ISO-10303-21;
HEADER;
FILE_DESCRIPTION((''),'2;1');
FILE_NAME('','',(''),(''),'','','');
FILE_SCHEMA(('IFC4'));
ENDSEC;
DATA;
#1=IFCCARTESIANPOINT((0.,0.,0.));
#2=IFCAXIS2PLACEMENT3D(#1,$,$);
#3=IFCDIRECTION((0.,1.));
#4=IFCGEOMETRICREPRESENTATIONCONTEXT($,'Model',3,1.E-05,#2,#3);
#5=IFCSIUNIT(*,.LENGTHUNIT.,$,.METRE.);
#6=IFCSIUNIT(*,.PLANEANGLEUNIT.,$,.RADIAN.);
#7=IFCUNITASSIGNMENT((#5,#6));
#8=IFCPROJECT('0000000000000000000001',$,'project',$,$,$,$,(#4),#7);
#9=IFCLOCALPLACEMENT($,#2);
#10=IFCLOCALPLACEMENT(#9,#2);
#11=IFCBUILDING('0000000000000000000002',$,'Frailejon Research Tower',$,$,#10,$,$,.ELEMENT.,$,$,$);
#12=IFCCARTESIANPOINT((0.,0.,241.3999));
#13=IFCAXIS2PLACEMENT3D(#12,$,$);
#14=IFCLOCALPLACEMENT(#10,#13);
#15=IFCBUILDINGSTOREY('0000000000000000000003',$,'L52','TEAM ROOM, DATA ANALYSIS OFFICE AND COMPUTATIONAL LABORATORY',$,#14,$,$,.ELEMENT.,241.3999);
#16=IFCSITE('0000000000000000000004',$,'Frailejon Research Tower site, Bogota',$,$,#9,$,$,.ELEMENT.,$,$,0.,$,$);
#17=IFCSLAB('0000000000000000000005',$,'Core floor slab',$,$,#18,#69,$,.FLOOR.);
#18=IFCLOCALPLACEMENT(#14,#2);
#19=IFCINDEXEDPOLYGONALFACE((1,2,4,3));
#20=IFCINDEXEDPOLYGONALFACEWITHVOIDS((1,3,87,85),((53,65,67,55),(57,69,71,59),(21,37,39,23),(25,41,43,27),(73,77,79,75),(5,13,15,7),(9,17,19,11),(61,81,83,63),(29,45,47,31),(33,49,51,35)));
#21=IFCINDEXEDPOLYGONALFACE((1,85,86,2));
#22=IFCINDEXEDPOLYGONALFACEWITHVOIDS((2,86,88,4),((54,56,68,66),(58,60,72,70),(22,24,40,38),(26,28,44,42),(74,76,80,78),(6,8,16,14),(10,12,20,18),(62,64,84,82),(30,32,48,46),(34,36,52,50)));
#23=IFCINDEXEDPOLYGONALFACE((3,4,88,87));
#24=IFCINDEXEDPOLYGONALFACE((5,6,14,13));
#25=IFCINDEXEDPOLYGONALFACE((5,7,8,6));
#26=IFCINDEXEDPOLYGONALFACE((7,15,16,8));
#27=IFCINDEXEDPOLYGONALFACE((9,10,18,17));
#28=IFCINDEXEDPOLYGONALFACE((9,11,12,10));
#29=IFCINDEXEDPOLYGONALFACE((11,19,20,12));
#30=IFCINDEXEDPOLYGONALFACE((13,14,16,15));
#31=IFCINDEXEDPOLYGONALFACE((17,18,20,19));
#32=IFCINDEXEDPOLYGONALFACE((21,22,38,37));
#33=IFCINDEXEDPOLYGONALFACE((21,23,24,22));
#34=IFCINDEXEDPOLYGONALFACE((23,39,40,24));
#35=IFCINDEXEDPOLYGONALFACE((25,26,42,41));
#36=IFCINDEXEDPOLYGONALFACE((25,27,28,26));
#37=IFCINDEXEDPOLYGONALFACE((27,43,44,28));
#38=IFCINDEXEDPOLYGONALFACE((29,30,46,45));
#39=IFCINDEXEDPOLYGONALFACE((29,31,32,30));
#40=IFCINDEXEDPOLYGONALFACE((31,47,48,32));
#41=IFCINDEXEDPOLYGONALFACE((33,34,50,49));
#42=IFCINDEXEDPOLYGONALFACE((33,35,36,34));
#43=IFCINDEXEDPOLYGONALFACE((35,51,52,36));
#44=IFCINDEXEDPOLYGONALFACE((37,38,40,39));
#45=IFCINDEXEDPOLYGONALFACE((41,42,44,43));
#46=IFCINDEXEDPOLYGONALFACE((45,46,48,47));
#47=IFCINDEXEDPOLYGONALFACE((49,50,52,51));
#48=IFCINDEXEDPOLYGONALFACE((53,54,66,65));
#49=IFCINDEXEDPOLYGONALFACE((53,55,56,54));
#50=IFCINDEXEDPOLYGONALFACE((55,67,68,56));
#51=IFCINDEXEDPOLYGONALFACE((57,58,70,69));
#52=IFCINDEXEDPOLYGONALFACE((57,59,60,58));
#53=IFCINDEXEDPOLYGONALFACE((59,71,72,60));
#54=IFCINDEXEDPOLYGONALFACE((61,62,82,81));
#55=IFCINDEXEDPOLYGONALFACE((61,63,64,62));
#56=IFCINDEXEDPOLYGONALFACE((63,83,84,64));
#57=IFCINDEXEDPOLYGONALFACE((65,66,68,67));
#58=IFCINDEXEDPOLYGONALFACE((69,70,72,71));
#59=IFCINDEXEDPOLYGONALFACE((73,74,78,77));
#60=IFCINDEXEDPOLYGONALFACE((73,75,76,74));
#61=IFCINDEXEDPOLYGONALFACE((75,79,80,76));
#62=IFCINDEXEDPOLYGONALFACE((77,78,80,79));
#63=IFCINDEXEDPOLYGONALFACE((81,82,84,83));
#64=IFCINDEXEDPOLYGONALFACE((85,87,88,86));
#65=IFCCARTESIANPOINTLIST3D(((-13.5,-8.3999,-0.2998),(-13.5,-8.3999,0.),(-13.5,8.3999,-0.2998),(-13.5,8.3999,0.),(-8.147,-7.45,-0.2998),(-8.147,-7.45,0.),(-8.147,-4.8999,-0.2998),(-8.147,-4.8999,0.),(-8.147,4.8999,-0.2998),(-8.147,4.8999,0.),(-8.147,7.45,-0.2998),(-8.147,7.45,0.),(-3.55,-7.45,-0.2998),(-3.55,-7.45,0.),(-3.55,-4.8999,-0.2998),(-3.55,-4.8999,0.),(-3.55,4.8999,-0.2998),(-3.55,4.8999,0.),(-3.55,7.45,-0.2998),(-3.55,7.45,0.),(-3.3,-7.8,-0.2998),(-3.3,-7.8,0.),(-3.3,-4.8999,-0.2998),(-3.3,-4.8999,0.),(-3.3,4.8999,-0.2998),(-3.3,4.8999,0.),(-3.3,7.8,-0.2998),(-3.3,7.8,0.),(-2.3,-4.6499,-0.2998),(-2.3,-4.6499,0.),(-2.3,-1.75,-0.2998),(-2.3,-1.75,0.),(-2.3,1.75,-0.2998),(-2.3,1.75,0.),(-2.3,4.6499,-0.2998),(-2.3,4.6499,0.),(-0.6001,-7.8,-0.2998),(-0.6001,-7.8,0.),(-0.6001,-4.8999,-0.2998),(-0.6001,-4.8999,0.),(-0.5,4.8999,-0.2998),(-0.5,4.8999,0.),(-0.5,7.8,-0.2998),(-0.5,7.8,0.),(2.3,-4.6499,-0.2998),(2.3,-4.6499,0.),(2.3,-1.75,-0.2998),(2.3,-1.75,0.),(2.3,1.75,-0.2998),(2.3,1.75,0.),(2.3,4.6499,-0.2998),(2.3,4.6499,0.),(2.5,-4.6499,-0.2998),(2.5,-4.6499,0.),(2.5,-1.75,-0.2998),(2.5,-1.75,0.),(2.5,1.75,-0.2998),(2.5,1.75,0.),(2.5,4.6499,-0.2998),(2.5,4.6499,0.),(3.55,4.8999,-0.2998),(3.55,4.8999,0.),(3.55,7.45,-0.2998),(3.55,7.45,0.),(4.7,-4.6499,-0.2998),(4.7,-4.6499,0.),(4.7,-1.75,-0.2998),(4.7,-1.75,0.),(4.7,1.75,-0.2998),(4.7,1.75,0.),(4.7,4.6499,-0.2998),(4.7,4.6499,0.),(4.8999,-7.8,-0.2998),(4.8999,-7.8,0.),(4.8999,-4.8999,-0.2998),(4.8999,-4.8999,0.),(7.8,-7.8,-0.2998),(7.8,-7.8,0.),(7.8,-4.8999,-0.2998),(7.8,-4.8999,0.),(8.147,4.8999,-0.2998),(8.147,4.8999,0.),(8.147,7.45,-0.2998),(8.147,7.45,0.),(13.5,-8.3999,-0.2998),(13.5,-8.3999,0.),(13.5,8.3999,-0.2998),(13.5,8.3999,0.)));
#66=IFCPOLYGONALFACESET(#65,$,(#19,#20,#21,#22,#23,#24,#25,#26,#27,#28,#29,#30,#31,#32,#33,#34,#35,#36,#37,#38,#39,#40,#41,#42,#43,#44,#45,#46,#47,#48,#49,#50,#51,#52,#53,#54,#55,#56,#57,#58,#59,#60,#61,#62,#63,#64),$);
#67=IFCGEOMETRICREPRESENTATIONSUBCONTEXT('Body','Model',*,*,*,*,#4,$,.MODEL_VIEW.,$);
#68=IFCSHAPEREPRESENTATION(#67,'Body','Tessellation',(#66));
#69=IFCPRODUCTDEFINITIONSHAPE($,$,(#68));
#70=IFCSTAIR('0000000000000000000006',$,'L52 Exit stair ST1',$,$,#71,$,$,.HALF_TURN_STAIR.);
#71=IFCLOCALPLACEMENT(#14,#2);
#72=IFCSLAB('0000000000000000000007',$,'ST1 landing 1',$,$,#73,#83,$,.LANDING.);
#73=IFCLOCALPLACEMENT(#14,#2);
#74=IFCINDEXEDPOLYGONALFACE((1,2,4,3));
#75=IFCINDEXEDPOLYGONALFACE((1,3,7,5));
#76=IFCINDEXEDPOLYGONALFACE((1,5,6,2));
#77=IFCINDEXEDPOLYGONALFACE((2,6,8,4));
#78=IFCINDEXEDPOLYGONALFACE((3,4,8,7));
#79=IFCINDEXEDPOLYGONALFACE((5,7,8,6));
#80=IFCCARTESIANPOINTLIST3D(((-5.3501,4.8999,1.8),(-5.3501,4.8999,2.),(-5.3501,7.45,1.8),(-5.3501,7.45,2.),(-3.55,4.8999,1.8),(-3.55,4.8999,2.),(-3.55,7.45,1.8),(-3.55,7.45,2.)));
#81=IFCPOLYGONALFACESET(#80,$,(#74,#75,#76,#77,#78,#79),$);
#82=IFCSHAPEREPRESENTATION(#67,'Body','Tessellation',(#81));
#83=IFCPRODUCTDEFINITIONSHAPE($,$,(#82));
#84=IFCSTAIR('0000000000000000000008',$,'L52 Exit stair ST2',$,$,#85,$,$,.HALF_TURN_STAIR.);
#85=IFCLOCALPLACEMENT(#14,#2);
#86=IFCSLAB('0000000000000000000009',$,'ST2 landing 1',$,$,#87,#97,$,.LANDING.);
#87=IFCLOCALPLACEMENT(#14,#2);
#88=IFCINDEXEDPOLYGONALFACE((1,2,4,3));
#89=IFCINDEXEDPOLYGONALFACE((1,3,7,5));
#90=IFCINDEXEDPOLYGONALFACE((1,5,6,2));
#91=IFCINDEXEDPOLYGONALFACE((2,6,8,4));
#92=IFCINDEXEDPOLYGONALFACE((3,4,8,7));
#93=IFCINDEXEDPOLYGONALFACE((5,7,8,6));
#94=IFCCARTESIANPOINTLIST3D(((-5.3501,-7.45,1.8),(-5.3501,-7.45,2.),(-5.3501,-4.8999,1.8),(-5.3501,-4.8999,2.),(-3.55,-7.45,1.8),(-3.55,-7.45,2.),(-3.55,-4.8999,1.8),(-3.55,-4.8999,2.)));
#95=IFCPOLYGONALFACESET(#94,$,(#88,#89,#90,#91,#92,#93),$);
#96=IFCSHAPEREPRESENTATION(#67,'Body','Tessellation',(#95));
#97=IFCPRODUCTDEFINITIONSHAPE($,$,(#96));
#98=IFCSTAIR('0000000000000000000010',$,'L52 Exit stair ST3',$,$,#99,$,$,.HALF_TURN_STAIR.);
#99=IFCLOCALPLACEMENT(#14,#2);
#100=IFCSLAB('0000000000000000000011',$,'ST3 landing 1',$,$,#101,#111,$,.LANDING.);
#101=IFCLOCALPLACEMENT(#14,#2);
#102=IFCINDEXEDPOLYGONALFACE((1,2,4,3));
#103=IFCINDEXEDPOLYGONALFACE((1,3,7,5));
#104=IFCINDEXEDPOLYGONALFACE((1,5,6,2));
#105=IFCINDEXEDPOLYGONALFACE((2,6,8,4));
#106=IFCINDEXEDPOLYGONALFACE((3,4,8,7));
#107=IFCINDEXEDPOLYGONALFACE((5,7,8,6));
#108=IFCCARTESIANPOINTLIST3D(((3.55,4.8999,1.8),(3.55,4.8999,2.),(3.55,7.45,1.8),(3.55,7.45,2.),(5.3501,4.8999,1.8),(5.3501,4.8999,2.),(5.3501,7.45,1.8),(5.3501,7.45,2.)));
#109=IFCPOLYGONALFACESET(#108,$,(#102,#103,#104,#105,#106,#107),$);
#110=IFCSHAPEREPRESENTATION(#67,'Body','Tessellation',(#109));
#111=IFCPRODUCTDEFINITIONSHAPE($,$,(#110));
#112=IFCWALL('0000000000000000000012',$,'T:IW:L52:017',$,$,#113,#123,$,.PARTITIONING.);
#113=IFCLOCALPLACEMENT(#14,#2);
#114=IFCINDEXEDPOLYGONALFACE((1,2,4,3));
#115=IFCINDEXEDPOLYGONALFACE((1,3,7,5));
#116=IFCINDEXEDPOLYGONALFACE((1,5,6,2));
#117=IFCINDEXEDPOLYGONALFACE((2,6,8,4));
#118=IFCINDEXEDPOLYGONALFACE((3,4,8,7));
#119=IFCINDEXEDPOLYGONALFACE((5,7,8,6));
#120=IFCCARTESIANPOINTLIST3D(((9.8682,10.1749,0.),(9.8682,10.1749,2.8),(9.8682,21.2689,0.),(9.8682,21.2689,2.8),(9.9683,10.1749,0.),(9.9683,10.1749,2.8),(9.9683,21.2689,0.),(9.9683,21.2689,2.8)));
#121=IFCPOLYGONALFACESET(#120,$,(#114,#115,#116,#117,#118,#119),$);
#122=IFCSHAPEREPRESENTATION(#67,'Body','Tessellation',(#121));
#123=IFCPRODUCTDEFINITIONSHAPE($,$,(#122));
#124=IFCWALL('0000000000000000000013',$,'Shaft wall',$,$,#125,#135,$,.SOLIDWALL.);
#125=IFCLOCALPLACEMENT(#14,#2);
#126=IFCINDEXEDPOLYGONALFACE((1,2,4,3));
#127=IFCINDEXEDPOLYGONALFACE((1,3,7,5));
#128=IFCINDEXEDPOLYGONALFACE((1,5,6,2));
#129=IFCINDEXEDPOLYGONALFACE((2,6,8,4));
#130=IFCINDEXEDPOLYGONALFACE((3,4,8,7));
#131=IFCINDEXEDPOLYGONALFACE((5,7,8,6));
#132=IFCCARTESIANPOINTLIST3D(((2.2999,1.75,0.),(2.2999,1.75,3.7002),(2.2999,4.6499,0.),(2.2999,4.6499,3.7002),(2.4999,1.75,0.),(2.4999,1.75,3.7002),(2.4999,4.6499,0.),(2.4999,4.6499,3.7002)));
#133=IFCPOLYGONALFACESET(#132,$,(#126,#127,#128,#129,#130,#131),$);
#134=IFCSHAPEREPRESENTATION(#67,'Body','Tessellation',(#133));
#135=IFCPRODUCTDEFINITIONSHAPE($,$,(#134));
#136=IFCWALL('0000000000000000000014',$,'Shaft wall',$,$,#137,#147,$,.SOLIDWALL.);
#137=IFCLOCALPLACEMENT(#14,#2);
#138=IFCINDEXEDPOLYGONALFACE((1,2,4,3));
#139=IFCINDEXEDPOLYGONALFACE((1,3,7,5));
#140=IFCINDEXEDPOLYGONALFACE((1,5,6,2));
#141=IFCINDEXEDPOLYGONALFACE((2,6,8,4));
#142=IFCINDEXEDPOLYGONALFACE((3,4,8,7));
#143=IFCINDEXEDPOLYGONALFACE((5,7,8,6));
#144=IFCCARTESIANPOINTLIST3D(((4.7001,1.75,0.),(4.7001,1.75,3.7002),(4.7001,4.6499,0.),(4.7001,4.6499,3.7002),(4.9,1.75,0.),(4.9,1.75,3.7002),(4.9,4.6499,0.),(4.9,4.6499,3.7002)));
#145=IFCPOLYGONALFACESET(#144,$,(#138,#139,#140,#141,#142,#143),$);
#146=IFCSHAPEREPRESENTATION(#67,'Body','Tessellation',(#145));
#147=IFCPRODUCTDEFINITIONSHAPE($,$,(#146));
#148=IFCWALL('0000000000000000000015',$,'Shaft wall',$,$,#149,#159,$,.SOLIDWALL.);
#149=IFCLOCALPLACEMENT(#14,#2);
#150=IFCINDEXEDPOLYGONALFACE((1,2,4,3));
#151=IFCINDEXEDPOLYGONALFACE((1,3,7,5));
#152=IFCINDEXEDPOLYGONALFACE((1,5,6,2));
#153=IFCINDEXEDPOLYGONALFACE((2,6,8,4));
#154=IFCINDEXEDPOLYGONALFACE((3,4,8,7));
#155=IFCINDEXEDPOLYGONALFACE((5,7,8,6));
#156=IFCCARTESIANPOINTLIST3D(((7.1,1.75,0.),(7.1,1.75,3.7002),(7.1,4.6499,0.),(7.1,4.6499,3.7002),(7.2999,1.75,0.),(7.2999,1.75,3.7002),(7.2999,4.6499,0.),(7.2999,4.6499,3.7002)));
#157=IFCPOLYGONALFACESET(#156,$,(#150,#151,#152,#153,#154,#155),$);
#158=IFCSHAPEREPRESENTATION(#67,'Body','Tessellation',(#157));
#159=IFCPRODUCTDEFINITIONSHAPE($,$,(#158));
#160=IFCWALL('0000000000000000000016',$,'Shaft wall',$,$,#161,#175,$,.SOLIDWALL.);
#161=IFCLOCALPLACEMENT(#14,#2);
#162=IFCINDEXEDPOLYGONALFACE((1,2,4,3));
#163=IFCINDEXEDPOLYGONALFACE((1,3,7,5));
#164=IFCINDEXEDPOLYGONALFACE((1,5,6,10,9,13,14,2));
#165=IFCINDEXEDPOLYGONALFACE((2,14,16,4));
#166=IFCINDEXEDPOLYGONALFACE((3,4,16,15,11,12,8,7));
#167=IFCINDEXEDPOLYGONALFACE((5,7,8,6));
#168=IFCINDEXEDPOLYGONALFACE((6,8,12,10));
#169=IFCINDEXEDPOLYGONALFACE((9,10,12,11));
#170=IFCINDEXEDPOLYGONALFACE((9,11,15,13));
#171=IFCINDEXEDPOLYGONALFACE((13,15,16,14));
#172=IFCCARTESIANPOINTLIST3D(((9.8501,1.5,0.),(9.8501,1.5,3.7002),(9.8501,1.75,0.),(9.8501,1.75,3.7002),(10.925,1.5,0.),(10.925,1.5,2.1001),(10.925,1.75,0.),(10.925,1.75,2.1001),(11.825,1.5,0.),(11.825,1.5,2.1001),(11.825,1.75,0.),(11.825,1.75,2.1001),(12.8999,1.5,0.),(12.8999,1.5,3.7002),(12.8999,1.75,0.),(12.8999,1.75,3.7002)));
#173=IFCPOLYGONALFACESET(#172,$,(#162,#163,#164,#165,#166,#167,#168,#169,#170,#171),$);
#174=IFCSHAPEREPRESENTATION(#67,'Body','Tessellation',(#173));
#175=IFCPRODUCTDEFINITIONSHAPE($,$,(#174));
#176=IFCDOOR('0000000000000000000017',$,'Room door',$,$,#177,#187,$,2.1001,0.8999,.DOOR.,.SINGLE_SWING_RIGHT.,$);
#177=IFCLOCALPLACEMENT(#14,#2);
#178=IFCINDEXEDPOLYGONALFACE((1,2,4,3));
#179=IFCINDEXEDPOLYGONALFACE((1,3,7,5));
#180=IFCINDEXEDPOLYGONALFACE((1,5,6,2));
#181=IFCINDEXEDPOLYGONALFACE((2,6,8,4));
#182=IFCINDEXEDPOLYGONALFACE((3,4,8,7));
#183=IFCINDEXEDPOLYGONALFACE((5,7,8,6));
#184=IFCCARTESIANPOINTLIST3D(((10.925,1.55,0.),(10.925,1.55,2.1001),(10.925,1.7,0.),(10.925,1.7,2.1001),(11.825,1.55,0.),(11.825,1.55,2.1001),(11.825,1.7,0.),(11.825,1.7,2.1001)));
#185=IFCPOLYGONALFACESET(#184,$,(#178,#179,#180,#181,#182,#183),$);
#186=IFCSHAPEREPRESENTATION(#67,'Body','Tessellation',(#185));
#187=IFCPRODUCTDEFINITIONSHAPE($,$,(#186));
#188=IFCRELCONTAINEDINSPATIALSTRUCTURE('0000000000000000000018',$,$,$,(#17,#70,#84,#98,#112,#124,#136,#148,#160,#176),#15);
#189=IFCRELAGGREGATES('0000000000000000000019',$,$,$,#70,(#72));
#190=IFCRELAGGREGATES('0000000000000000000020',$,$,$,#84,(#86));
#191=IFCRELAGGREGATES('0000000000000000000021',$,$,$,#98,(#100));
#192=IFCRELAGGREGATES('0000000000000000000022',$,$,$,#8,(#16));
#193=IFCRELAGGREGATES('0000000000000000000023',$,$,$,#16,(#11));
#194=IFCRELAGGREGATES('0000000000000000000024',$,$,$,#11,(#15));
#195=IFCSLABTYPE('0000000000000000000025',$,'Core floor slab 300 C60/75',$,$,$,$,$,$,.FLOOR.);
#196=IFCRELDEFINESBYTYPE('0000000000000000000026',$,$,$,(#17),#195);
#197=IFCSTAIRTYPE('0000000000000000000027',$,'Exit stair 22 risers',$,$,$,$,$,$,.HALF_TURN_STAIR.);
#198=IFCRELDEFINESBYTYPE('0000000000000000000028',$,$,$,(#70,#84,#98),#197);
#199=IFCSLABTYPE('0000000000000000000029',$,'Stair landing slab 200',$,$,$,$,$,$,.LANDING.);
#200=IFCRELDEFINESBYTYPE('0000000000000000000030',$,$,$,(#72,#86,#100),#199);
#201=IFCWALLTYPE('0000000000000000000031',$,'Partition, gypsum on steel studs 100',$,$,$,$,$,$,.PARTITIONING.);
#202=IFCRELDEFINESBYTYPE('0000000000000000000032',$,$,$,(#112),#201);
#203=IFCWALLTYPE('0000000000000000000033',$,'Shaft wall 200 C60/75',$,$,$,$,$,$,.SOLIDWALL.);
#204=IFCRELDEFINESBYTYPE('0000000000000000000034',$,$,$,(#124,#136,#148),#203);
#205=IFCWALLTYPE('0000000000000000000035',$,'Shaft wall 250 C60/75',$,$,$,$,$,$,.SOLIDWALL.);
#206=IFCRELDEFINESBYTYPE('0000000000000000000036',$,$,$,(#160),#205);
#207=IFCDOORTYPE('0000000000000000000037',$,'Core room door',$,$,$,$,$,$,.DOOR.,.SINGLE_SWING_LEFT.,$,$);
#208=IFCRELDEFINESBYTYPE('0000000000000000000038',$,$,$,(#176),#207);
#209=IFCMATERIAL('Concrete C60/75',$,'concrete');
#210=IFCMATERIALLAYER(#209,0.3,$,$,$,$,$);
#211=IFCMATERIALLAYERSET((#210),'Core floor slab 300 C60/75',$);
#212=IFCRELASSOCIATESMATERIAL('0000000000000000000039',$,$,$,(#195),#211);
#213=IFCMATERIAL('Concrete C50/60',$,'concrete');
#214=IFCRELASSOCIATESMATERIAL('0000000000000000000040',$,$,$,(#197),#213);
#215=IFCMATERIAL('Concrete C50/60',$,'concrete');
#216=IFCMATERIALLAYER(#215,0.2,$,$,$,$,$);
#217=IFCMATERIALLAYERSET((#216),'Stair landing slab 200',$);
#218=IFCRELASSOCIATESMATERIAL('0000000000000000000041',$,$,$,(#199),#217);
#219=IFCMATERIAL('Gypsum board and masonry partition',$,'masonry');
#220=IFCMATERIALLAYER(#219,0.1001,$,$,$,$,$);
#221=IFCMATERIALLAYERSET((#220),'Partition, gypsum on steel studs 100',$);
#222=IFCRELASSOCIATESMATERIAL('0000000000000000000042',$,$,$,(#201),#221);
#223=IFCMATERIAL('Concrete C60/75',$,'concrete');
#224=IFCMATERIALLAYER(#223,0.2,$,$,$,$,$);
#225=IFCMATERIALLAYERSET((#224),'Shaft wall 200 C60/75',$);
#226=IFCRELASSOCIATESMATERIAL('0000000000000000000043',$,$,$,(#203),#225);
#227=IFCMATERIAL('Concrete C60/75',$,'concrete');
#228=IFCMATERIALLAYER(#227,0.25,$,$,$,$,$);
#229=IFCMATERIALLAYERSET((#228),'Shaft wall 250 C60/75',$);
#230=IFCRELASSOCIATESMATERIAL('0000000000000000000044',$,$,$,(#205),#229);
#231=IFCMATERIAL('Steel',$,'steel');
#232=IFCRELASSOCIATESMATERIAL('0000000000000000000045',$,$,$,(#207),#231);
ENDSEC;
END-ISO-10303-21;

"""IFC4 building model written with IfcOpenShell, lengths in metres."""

from ifc_helpers import new_model, si_unit, direction, frame, frame_2d, origin, place, context, subcontext, project, spatial, polyline, rectangle, outline, extrude, material, layer, layer_set, type_object, element, fill, aggregate, save


model = new_model("IFC4")

# Units and contexts
model_context = context("Model", 3, precision=1e-05, world=origin(), true_north=direction((0.0, 1.0)))
body_context = subcontext(model_context, "Body", "Model", "MODEL_VIEW")
ifc_project = project(units=[si_unit("LENGTHUNIT", "METRE"), si_unit("PLANEANGLEUNIT", "RADIAN")], contexts=[model_context])

# Site, building, storey
site_placement = place(None, origin())
site = spatial("IfcSite", under=ifc_project, at=site_placement, Name="Frailejon Research Tower site, Bogota", CompositionType="ELEMENT", RefElevation=0.0)
building_placement = place(site_placement, origin())
building = spatial("IfcBuilding", under=site, at=building_placement, Name="Frailejon Research Tower", CompositionType="ELEMENT")
storey_placement = place(building_placement, frame((0.0, 0.0, 241.3999)))
storey = spatial("IfcBuildingStorey", under=building, at=storey_placement, Name="L52", Description="TEAM ROOM, DATA ANALYSIS OFFICE AND COMPUTATIONAL LABORATORY", CompositionType="ELEMENT", Elevation=241.3999)

# Slab
ifc_material_1 = material(Name="Concrete C60/75", Category="concrete")
ifc_layer_1 = layer(ifc_material_1, 0.3)
ifc_layer_set_1 = layer_set([ifc_layer_1], Name="Core floor slab 300 C60/75")
slab_type_1 = type_object("IfcSlabType", Name="Core floor slab 300 C60/75", PredefinedType="FLOOR", material=ifc_layer_set_1)
slab_1_placement = place(storey_placement, frame((0.0, 0.0, -0.2998)))
element("IfcSlab", 1, at=slab_1_placement, inside=storey, type_object=slab_type_1, Name="Core floor slab", PredefinedType="FLOOR", context=body_context, shape_type="SweptSolid", body=[
    extrude(outline(polyline([(13.5, -8.3999), (13.5, 8.3999), (-13.5, 8.3999), (-13.5, -8.3999), (13.5, -8.3999)]), holes=[polyline([(2.3, 1.75), (2.3, 4.6499), (-2.3, 4.6499), (-2.3, 1.75), (2.3, 1.75)]), polyline([(4.7, 1.75), (4.7, 4.6499), (2.5, 4.6499), (2.5, 1.75), (4.7, 1.75)]), polyline([(2.3, -4.6499), (2.3, -1.75), (-2.3, -1.75), (-2.3, -4.6499), (2.3, -4.6499)]), polyline([(4.7, -4.6499), (4.7, -1.75), (2.5, -1.75), (2.5, -4.6499), (4.7, -4.6499)]), polyline([(-8.147, 4.8999), (-3.55, 4.8999), (-3.55, 7.45), (-8.147, 7.45), (-8.147, 4.8999)]), polyline([(-8.147, -7.45), (-3.55, -7.45), (-3.55, -4.8999), (-8.147, -4.8999), (-8.147, -7.45)]), polyline([(8.147, 7.45), (3.55, 7.45), (3.55, 4.8999), (8.147, 4.8999), (8.147, 7.45)]), polyline([(-0.6001, -7.8), (-0.6001, -4.8999), (-3.3, -4.8999), (-3.3, -7.8), (-0.6001, -7.8)]), polyline([(7.8, -7.8), (7.8, -4.8999), (4.8999, -4.8999), (4.8999, -7.8), (7.8, -7.8)]), polyline([(-0.5, 4.8999), (-0.5, 7.8), (-3.3, 7.8), (-3.3, 4.8999), (-0.5, 4.8999)])]), origin(), (0.0, 0.0, 1.0), 0.2998),
])

# Stairs, slabs
ifc_material_2 = material(Name="Concrete C50/60", Category="concrete")
stair_type = type_object("IfcStairType", Name="Exit stair 22 risers", PredefinedType="HALF_TURN_STAIR", material=ifc_material_2)
stair_1_placement = place(storey_placement, origin())
stair_1 = element("IfcStair", 2, at=stair_1_placement, inside=storey, type_object=stair_type, Name="L52 Exit stair ST1", PredefinedType="HALF_TURN_STAIR")
ifc_material_3 = material(Name="Concrete C50/60", Category="concrete")
ifc_layer_2 = layer(ifc_material_3, 0.2)
ifc_layer_set_2 = layer_set([ifc_layer_2], Name="Stair landing slab 200")
slab_type_2 = type_object("IfcSlabType", Name="Stair landing slab 200", PredefinedType="LANDING", material=ifc_layer_set_2)
slab_2_placement = place(storey_placement, frame((0.0, 0.0, 1.8)))
slab_2 = element("IfcSlab", 3, at=slab_2_placement, type_object=slab_type_2, Name="ST1 landing 1", PredefinedType="LANDING", context=body_context, shape_type="SweptSolid", body=[
    extrude(outline(polyline([(-5.3501, 4.8999), (-3.55, 4.8999), (-3.55, 7.45), (-5.3501, 7.45), (-5.3501, 4.8999)])), origin(), (0.0, 0.0, 1.0), 0.2),
])
aggregate(stair_1, [slab_2])
stair_2_placement = place(storey_placement, origin())
stair_2 = element("IfcStair", 4, at=stair_2_placement, inside=storey, type_object=stair_type, Name="L52 Exit stair ST2", PredefinedType="HALF_TURN_STAIR")
slab_3_placement = place(storey_placement, frame((0.0, 0.0, 1.8)))
slab_3 = element("IfcSlab", 5, at=slab_3_placement, type_object=slab_type_2, Name="ST2 landing 1", PredefinedType="LANDING", context=body_context, shape_type="SweptSolid", body=[
    extrude(outline(polyline([(-5.3501, -7.45), (-3.55, -7.45), (-3.55, -4.8999), (-5.3501, -4.8999), (-5.3501, -7.45)])), origin(), (0.0, 0.0, 1.0), 0.2),
])
aggregate(stair_2, [slab_3])
stair_3_placement = place(storey_placement, origin())
stair_3 = element("IfcStair", 6, at=stair_3_placement, inside=storey, type_object=stair_type, Name="L52 Exit stair ST3", PredefinedType="HALF_TURN_STAIR")
slab_4_placement = place(storey_placement, frame((0.0, 0.0, 1.8)))
slab_4 = element("IfcSlab", 7, at=slab_4_placement, type_object=slab_type_2, Name="ST3 landing 1", PredefinedType="LANDING", context=body_context, shape_type="SweptSolid", body=[
    extrude(outline(polyline([(5.3501, 7.45), (3.55, 7.45), (3.55, 4.8999), (5.3501, 4.8999), (5.3501, 7.45)])), origin(), (0.0, 0.0, 1.0), 0.2),
])

# Walls
ifc_material_4 = material(Name="Gypsum board and masonry partition", Category="masonry")
ifc_layer_3 = layer(ifc_material_4, 0.1001)
ifc_layer_set_3 = layer_set([ifc_layer_3], Name="Partition, gypsum on steel studs 100")
wall_type_1 = type_object("IfcWallType", Name="Partition, gypsum on steel studs 100", PredefinedType="PARTITIONING", material=ifc_layer_set_3)
wall_1_placement = place(storey_placement, frame((9.9182, 10.175, 0.0), z_axis=(0.0, 0.0, 1.0), x_axis=(0.0, 1.0, 0.0)))
element("IfcWall", 8, at=wall_1_placement, inside=storey, type_object=wall_type_1, Name="T:IW:L52:017", PredefinedType="PARTITIONING", context=body_context, shape_type="SweptSolid", body=[
    extrude(rectangle(XDim=11.094, YDim=0.1001, at=frame_2d((5.5469, 0.0))), origin(), (0.0, 0.0, 1.0), 2.8),
])
ifc_material_5 = material(Name="Concrete C60/75", Category="concrete")
ifc_layer_4 = layer(ifc_material_5, 0.2)
ifc_layer_set_4 = layer_set([ifc_layer_4], Name="Shaft wall 200 C60/75")
wall_type_2 = type_object("IfcWallType", Name="Shaft wall 200 C60/75", PredefinedType="SOLIDWALL", material=ifc_layer_set_4)
for number, where, z_axis, x_axis, name in (
    (9, (2.3999, 1.75, 0.0), (0.0, 0.0, 1.0), (0.0, 1.0, 0.0), "Shaft wall"),
    (10, (4.8, 1.75, 0.0), (0.0, 0.0, 1.0), (0.0, 1.0, 0.0), "Shaft wall"),
    (11, (7.2, 1.75, 0.0), (0.0, 0.0, 1.0), (0.0, 1.0, 0.0), "Shaft wall"),
):
    element("IfcWall", number, at=place(storey_placement, frame(where, z_axis=z_axis, x_axis=x_axis)), inside=storey, type_object=wall_type_2, Name=name, PredefinedType="SOLIDWALL", context=body_context, shape_type="SweptSolid", body=[
        extrude(rectangle(XDim=2.8999, YDim=0.2, at=frame_2d((1.45, 0.0))), origin(), (0.0, 0.0, 1.0), 3.7002),
    ])

# Wall, opening, door
ifc_material_6 = material(Name="Concrete C60/75", Category="concrete")
ifc_layer_5 = layer(ifc_material_6, 0.25)
ifc_layer_set_5 = layer_set([ifc_layer_5], Name="Shaft wall 250 C60/75")
wall_type_3 = type_object("IfcWallType", Name="Shaft wall 250 C60/75", PredefinedType="SOLIDWALL", material=ifc_layer_set_5)
wall_2_placement = place(storey_placement, frame((9.8501, 1.625, 0.0), z_axis=(0.0, 0.0, 1.0), x_axis=(1.0, 0.0, 0.0)))
wall_2 = element("IfcWall", 12, at=wall_2_placement, inside=storey, type_object=wall_type_3, Name="Shaft wall", PredefinedType="SOLIDWALL", context=body_context, shape_type="SweptSolid", body=[
    extrude(rectangle(XDim=3.0498, YDim=0.25, at=frame_2d((1.5249, 0.0))), origin(), (0.0, 0.0, 1.0), 3.7002),
])
opening_1_placement = place(wall_2_placement, frame((1.075, 0.0, 0.0)))
opening_1 = element("IfcOpeningElement", 13, at=opening_1_placement, cuts=wall_2, PredefinedType="OPENING", context=body_context, shape_type="SweptSolid", body=[
    extrude(rectangle(XDim=0.8999, YDim=2.1001, at=frame_2d((0.45, 1.05))), frame((0.0, 0.135, 0.0), z_axis=(0.0, -1.0, 0.0), x_axis=(1.0, 0.0, 0.0)), (0.0, 0.0, 1.0), 0.27),
])
ifc_material_7 = material(Name="Steel", Category="steel")
door_type_1 = type_object("IfcDoorType", Name="Core room door", OperationType="SINGLE_SWING_LEFT", PredefinedType="DOOR", material=ifc_material_7)
door_1_placement = place(opening_1_placement, origin())
door_1 = element("IfcDoor", 14, at=door_1_placement, inside=storey, type_object=door_type_1, Name="Room door", OperationType="SINGLE_SWING_RIGHT", OverallHeight=2.1001, OverallWidth=0.8999, PredefinedType="DOOR", context=body_context, shape_type="SweptSolid", body=[
    extrude(rectangle(XDim=0.8999, YDim=2.1001, at=frame_2d((0.45, 1.05))), frame((0.0, 0.075, 0.0), z_axis=(0.0, -1.0, 0.0), x_axis=(1.0, 0.0, 0.0)), (0.0, 0.0, 1.0), 0.1499),
])
fill(opening_1, door_1)

aggregate(stair_3, [slab_4])

save(model, "model.ifc")
